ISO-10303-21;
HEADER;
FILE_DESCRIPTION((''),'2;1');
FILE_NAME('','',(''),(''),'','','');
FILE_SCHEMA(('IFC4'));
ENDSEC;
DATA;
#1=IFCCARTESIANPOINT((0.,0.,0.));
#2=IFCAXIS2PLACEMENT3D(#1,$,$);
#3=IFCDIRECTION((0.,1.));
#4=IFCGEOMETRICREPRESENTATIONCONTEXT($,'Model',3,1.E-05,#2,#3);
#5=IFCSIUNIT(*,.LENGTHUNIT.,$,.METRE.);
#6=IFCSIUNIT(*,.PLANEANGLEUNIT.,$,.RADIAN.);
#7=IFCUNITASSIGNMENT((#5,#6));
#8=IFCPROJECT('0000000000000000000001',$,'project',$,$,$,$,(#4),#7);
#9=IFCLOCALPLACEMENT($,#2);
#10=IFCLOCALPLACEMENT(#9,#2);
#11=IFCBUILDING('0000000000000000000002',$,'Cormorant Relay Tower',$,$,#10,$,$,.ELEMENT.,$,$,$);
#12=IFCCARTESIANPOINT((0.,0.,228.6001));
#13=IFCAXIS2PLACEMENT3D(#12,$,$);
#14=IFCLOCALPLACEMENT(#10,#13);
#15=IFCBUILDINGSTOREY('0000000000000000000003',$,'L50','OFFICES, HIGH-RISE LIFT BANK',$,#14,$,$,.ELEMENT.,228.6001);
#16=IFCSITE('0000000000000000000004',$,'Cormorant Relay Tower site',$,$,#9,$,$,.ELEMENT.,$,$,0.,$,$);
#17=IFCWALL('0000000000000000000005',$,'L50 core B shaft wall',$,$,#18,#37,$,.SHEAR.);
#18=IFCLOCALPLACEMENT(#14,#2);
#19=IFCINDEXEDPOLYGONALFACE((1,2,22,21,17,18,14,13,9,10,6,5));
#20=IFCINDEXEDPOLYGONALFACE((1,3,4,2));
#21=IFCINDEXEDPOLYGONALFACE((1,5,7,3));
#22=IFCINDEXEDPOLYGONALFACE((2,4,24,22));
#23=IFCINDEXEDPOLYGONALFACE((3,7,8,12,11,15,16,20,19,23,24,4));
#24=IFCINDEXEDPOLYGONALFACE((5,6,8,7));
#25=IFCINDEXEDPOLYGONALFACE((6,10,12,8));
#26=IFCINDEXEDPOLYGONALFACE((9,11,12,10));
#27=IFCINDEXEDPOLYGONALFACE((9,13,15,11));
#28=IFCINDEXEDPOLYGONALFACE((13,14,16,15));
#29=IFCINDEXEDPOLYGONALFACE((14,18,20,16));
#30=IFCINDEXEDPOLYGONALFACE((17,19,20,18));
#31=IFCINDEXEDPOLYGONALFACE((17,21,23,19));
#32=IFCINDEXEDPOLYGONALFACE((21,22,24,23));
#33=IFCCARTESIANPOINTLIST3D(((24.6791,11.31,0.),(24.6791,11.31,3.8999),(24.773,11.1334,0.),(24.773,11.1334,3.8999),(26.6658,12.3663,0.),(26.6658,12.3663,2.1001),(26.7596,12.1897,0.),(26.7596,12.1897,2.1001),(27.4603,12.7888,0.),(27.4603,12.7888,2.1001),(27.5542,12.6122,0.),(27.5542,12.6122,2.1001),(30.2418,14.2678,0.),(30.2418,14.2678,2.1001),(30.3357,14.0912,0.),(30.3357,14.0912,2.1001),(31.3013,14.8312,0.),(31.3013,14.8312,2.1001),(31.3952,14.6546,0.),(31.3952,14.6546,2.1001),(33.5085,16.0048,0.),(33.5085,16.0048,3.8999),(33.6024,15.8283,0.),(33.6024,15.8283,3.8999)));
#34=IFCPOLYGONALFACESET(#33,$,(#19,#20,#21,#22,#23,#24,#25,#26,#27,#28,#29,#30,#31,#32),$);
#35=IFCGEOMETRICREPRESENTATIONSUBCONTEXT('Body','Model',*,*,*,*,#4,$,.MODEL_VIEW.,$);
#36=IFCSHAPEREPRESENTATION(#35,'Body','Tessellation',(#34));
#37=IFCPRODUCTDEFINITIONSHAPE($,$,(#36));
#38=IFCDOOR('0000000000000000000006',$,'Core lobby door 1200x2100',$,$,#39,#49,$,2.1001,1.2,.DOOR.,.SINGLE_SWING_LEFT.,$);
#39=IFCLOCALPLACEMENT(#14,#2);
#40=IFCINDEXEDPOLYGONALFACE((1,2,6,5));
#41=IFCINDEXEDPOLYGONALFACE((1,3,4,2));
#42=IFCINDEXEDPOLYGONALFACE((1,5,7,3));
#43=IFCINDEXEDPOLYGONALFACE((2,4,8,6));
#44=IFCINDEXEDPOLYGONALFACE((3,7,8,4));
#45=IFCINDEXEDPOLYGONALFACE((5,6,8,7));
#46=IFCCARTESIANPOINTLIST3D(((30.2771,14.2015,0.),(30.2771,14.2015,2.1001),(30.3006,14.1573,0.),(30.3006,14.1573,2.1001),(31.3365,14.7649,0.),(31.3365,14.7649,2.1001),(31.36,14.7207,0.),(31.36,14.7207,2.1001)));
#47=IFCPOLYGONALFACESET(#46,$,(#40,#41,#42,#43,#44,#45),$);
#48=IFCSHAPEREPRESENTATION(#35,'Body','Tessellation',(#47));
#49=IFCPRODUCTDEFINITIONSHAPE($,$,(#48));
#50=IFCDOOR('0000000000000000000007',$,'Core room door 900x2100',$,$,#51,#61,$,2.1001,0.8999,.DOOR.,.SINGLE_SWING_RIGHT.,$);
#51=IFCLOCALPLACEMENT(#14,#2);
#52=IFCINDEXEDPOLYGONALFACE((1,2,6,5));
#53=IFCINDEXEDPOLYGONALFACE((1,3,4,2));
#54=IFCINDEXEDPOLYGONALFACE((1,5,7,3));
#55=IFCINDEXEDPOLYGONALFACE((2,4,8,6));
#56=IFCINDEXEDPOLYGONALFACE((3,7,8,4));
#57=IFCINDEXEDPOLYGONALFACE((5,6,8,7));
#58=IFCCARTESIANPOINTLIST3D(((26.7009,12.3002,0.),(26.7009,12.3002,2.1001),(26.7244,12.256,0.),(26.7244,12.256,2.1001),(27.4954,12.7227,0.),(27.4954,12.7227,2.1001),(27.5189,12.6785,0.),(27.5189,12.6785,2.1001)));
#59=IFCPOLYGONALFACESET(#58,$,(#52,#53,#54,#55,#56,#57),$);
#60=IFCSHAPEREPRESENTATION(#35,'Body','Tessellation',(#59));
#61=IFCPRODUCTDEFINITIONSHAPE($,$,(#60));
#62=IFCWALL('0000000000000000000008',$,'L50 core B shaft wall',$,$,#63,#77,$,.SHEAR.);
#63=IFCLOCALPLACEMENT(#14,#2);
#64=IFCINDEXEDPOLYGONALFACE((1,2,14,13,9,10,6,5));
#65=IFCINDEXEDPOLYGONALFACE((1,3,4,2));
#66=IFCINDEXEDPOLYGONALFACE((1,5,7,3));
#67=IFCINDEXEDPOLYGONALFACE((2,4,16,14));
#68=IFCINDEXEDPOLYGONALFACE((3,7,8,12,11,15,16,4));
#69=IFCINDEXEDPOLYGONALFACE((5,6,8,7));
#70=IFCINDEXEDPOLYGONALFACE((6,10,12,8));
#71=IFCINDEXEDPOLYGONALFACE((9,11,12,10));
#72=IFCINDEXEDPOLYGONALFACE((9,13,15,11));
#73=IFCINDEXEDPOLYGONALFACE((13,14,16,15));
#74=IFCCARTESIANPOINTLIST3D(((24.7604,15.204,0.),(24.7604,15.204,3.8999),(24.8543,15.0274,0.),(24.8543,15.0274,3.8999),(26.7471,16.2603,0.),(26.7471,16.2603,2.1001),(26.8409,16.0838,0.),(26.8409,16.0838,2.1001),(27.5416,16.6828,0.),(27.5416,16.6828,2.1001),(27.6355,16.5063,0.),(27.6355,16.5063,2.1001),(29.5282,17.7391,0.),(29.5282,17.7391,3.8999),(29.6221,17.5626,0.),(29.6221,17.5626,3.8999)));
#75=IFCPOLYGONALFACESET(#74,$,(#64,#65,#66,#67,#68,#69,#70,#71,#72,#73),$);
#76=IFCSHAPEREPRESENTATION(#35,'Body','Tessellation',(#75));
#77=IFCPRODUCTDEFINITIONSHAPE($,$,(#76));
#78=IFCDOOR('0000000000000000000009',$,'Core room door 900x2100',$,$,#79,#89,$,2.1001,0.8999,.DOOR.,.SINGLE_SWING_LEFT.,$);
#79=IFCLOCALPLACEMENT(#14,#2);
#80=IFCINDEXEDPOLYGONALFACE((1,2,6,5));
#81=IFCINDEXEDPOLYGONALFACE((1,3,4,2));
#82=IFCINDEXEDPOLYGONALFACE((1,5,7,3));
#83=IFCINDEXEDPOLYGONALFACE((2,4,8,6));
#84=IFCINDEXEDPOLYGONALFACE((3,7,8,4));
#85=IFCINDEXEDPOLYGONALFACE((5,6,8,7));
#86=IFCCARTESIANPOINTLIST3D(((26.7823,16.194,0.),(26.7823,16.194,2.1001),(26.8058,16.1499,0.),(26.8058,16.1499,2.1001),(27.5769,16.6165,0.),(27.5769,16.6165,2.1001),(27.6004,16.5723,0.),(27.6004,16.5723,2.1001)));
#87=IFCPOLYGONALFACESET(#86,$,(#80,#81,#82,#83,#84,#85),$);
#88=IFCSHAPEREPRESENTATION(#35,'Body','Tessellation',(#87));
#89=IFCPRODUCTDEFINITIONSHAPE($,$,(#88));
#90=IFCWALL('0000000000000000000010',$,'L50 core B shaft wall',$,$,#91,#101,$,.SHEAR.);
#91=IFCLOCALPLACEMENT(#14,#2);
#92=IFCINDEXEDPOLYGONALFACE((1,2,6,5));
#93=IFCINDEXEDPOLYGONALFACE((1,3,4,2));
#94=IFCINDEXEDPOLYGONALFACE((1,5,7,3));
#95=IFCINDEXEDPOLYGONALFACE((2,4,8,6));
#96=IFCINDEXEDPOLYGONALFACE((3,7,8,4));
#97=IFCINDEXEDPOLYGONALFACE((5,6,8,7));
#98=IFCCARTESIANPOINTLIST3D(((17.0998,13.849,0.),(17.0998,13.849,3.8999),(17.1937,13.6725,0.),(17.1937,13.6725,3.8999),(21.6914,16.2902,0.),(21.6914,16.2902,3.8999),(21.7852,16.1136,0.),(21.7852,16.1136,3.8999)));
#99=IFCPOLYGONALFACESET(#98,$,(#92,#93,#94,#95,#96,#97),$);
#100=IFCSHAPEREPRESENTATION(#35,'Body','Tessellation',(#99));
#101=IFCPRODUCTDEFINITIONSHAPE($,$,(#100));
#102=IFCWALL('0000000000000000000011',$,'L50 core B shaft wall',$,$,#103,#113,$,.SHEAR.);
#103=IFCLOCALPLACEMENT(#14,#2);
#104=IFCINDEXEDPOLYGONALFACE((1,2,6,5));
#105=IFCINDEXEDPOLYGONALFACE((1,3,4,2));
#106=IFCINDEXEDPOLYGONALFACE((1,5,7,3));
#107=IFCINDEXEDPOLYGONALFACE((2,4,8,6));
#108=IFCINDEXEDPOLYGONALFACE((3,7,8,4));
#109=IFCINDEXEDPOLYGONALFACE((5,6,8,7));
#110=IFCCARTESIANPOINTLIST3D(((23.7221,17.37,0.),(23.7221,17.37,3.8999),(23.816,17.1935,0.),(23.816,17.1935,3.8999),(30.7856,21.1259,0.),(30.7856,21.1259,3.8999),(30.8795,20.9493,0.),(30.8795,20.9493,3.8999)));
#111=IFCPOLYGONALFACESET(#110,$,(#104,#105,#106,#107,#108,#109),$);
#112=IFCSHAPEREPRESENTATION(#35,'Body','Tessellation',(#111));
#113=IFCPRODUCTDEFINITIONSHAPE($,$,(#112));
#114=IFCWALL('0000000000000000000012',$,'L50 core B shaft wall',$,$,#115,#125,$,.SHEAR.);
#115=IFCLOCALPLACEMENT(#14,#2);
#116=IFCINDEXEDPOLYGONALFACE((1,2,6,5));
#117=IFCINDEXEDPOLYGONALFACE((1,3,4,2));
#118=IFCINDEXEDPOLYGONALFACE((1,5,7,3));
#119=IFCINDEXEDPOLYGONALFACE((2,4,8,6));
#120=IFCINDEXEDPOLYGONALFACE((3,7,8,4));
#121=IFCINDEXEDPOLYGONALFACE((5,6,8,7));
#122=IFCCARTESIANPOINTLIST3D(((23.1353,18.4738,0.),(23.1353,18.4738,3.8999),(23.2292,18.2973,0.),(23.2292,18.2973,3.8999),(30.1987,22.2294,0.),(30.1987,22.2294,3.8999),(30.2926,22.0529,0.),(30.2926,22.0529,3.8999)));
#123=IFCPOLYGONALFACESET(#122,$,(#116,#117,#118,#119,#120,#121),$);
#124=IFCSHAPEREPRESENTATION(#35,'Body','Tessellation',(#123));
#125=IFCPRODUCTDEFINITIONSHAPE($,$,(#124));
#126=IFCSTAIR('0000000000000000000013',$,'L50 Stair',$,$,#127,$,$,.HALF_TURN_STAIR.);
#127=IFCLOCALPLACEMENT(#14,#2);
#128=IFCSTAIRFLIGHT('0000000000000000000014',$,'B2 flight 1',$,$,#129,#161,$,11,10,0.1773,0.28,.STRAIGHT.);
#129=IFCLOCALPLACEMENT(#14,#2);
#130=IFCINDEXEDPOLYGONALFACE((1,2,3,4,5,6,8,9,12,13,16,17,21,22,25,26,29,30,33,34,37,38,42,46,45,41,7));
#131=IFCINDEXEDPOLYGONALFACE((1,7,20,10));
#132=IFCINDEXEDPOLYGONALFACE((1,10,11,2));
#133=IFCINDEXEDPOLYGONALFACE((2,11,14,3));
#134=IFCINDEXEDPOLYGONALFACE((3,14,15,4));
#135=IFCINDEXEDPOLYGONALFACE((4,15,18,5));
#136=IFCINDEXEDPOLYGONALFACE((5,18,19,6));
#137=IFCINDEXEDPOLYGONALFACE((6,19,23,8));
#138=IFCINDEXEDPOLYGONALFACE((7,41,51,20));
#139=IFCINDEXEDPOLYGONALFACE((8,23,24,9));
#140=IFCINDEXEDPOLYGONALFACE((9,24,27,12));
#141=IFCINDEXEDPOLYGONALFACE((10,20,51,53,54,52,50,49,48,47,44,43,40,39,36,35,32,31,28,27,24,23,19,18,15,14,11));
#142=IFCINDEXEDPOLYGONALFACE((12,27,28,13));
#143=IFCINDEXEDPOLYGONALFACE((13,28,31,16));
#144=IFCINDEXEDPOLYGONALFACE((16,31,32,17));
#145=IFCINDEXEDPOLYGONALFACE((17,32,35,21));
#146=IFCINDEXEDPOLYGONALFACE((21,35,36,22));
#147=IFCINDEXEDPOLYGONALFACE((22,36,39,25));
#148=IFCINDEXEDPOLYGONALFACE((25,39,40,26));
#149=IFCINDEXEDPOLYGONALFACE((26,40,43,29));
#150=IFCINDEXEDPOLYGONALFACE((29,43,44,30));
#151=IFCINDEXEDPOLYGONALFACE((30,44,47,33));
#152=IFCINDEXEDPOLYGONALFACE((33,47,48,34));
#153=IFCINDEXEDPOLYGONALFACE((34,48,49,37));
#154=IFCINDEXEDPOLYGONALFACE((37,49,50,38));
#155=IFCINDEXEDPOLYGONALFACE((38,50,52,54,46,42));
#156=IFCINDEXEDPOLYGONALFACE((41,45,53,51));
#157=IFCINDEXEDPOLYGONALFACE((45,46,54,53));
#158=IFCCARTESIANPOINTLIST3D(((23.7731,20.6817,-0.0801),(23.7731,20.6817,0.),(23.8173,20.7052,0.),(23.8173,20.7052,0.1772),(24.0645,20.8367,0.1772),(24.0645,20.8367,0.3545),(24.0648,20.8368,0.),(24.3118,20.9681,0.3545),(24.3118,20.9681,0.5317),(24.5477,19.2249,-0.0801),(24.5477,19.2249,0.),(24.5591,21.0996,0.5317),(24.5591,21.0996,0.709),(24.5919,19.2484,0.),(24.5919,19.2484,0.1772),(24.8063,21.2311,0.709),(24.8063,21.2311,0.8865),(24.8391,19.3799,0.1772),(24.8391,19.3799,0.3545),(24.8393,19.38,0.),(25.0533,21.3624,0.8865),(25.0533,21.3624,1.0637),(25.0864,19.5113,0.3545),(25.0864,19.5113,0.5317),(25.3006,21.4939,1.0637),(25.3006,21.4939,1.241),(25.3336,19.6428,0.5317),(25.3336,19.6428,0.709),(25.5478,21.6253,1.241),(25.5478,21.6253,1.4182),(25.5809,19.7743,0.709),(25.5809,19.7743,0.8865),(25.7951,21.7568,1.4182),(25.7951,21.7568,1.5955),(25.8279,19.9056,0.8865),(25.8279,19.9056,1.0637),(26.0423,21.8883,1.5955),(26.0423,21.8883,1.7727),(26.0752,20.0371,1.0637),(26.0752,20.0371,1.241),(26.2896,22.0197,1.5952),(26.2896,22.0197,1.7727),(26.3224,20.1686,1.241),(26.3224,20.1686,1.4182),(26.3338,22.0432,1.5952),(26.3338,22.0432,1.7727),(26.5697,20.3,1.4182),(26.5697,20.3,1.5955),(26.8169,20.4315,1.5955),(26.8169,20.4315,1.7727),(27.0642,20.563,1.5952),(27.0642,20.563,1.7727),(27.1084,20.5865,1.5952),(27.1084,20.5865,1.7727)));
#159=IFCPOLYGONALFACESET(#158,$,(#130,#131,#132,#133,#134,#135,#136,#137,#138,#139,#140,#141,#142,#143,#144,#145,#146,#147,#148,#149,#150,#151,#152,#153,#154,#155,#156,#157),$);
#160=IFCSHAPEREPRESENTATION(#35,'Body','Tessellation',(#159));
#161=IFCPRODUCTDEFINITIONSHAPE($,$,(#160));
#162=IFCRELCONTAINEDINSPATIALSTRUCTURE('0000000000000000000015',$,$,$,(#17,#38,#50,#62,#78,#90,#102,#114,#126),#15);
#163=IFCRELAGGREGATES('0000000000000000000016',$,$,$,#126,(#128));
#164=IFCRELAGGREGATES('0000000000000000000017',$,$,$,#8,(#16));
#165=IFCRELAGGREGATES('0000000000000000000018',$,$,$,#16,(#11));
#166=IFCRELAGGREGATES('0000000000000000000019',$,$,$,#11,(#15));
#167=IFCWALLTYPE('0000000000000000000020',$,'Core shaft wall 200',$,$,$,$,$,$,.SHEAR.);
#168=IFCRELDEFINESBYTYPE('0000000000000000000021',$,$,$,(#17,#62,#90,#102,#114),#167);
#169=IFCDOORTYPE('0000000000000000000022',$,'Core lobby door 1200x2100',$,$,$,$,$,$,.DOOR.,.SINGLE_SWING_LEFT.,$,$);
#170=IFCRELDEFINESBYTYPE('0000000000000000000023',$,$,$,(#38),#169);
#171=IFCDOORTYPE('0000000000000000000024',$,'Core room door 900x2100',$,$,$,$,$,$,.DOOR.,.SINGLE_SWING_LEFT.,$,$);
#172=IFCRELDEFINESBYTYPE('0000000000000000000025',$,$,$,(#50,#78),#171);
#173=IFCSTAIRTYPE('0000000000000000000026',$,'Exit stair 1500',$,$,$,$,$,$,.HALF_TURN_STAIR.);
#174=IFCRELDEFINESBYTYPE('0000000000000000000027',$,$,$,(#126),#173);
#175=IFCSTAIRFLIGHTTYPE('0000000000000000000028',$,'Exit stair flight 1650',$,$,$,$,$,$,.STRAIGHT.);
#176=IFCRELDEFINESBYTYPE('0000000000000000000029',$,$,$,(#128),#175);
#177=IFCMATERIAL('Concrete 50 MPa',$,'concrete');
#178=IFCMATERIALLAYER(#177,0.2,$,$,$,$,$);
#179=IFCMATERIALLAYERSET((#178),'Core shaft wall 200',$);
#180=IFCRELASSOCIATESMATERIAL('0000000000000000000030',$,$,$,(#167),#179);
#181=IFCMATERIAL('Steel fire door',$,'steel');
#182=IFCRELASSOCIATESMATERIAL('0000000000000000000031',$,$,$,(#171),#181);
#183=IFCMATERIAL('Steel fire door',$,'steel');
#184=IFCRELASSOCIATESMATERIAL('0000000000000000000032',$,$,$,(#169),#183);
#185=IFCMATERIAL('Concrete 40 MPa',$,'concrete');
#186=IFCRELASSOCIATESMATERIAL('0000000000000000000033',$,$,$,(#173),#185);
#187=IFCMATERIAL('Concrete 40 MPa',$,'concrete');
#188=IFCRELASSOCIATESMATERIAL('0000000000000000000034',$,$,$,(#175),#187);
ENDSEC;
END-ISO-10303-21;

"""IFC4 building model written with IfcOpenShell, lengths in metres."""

from ifc_helpers import new_model, si_unit, direction, frame, frame_2d, origin, place, context, subcontext, project, spatial, polyline, rectangle, outline, extrude, material, layer, layer_set, type_object, element, fill, aggregate, save


model = new_model("IFC4")

# Units and contexts
model_context = context("Model", 3, precision=1e-05, world=origin(), true_north=direction((0.0, 1.0)))
body_context = subcontext(model_context, "Body", "Model", "MODEL_VIEW")
ifc_project = project(units=[si_unit("LENGTHUNIT", "METRE"), si_unit("PLANEANGLEUNIT", "RADIAN")], contexts=[model_context])

# Site, building, storey
site_placement = place(None, origin())
site = spatial("IfcSite", under=ifc_project, at=site_placement, Name="Cormorant Relay Tower site", CompositionType="ELEMENT", RefElevation=0.0)
building_placement = place(site_placement, origin())
building = spatial("IfcBuilding", under=site, at=building_placement, Name="Cormorant Relay Tower", CompositionType="ELEMENT")
storey_placement = place(building_placement, frame((0.0, 0.0, 228.6001)))
storey = spatial("IfcBuildingStorey", under=building, at=storey_placement, Name="L50", Description="OFFICES, HIGH-RISE LIFT BANK", CompositionType="ELEMENT", Elevation=228.6001)

# Shared definitions
ifc_material_1 = material(Name="Concrete 50 MPa", Category="concrete")
ifc_layer = layer(ifc_material_1, 0.2)
ifc_layer_set = layer_set([ifc_layer], Name="Core shaft wall 200")
wall_type = type_object("IfcWallType", Name="Core shaft wall 200", PredefinedType="SHEAR", material=ifc_layer_set)

# Shared definitions
ifc_material_2 = material(Name="Steel fire door", Category="steel")
door_type_1 = type_object("IfcDoorType", Name="Core room door 900x2100", OperationType="SINGLE_SWING_LEFT", PredefinedType="DOOR", material=ifc_material_2)

# Wall, openings, doors
wall_1_placement = place(storey_placement, frame((24.7261, 11.2217, 0.0), z_axis=(0.0, 0.0, 1.0), x_axis=(0.88294, 0.469485, 0.0)))
wall_1 = element("IfcWall", 1, at=wall_1_placement, inside=storey, type_object=wall_type, Name="L50 core B shaft wall", PredefinedType="SHEAR", context=body_context, shape_type="SweptSolid", body=[
    extrude(rectangle(XDim=10.0, YDim=0.2, at=frame_2d((5.0, 0.0))), origin(), (0.0, 0.0, 1.0), 3.8999),
])
opening_1_placement = place(wall_1_placement, frame((6.3, 0.0, 0.0)))
opening_1 = element("IfcOpeningElement", 2, at=opening_1_placement, cuts=wall_1, PredefinedType="OPENING", context=body_context, shape_type="SweptSolid", body=[
    extrude(rectangle(XDim=1.2, YDim=2.1001, at=frame_2d((0.6001, 1.05))), frame((0.0, 0.1099, 0.0), z_axis=(0.0, -1.0, 0.0), x_axis=(1.0, 0.0, 0.0)), (0.0, 0.0, 1.0), 0.22),
])
opening_2_placement = place(wall_1_placement, frame((2.25, 0.0, 0.0)))
opening_2 = element("IfcOpeningElement", 3, at=opening_2_placement, cuts=wall_1, PredefinedType="OPENING", context=body_context, shape_type="SweptSolid", body=[
    extrude(rectangle(XDim=0.8999, YDim=2.1001, at=frame_2d((0.45, 1.05))), frame((0.0, 0.1099, 0.0), z_axis=(0.0, -1.0, 0.0), x_axis=(1.0, 0.0, 0.0)), (0.0, 0.0, 1.0), 0.22),
])
ifc_material_3 = material(Name="Steel fire door", Category="steel")
door_type_2 = type_object("IfcDoorType", Name="Core lobby door 1200x2100", OperationType="SINGLE_SWING_LEFT", PredefinedType="DOOR", material=ifc_material_3)
door_1_placement = place(opening_1_placement, origin())
door_1 = element("IfcDoor", 4, at=door_1_placement, inside=storey, type_object=door_type_2, Name="Core lobby door 1200x2100", OperationType="SINGLE_SWING_LEFT", OverallHeight=2.1001, OverallWidth=1.2, PredefinedType="DOOR", context=body_context, shape_type="SweptSolid", body=[
    extrude(rectangle(XDim=1.2, YDim=2.1001, at=frame_2d((0.6001, 1.05))), frame((0.0, 0.0249, 0.0), z_axis=(0.0, -1.0, 0.0), x_axis=(1.0, 0.0, 0.0)), (0.0, 0.0, 1.0), 0.05),
])
fill(opening_1, door_1)
door_2_placement = place(opening_2_placement, frame((0.8999, 0.0, 0.0), z_axis=(0.0, 0.0, 1.0), x_axis=(-1.0, 0.0, 0.0)))
door_2 = element("IfcDoor", 5, at=door_2_placement, inside=storey, type_object=door_type_1, Name="Core room door 900x2100", OperationType="SINGLE_SWING_RIGHT", OverallHeight=2.1001, OverallWidth=0.8999, PredefinedType="DOOR", context=body_context, shape_type="SweptSolid", body=[
    extrude(rectangle(XDim=0.8999, YDim=2.1001, at=frame_2d((0.45, 1.05))), frame((0.0, 0.0249, 0.0), z_axis=(0.0, -1.0, 0.0), x_axis=(1.0, 0.0, 0.0)), (0.0, 0.0, 1.0), 0.05),
])
fill(opening_2, door_2)

# Wall, opening, door
wall_2_placement = place(storey_placement, frame((24.8074, 15.1157, 0.0), z_axis=(0.0, 0.0, 1.0), x_axis=(0.882943, 0.46948, 0.0)))
wall_2 = element("IfcWall", 6, at=wall_2_placement, inside=storey, type_object=wall_type, Name="L50 core B shaft wall", PredefinedType="SHEAR", context=body_context, shape_type="SweptSolid", body=[
    extrude(rectangle(XDim=5.3999, YDim=0.2, at=frame_2d((2.7, 0.0))), origin(), (0.0, 0.0, 1.0), 3.8999),
])
opening_3_placement = place(wall_2_placement, frame((2.25, 0.0, 0.0)))
opening_3 = element("IfcOpeningElement", 7, at=opening_3_placement, cuts=wall_2, PredefinedType="OPENING", context=body_context, shape_type="SweptSolid", body=[
    extrude(rectangle(XDim=0.8999, YDim=2.1001, at=frame_2d((0.45, 1.05))), frame((0.0, 0.1099, 0.0), z_axis=(0.0, -1.0, 0.0), x_axis=(1.0, 0.0, 0.0)), (0.0, 0.0, 1.0), 0.22),
])
door_3_placement = place(opening_3_placement, origin())
door_3 = element("IfcDoor", 8, at=door_3_placement, inside=storey, type_object=door_type_1, Name="Core room door 900x2100", OperationType="SINGLE_SWING_LEFT", OverallHeight=2.1001, OverallWidth=0.8999, PredefinedType="DOOR", context=body_context, shape_type="SweptSolid", body=[
    extrude(rectangle(XDim=0.8999, YDim=2.1001, at=frame_2d((0.45, 1.05))), frame((0.0, 0.0249, 0.0), z_axis=(0.0, -1.0, 0.0), x_axis=(1.0, 0.0, 0.0)), (0.0, 0.0, 1.0), 0.05),
])
fill(opening_3, door_3)

# Walls
wall_3_placement = place(storey_placement, frame((17.1467, 13.7607, 0.0), z_axis=(0.0, 0.0, 1.0), x_axis=(0.882964, 0.46944, 0.0)))
element("IfcWall", 9, at=wall_3_placement, inside=storey, type_object=wall_type, Name="L50 core B shaft wall", PredefinedType="SHEAR", context=body_context, shape_type="SweptSolid", body=[
    extrude(rectangle(XDim=5.2002, YDim=0.2, at=frame_2d((2.6001, 0.0))), origin(), (0.0, 0.0, 1.0), 3.8999),
])
wall_4_placement = place(storey_placement, frame((23.769, 17.2817, 0.0), z_axis=(0.0, 0.0, 1.0), x_axis=(0.88294, 0.469485, 0.0)))
element("IfcWall", 10, at=wall_4_placement, inside=storey, type_object=wall_type, Name="L50 core B shaft wall", PredefinedType="SHEAR", context=body_context, shape_type="SweptSolid", body=[
    extrude(rectangle(XDim=8.0, YDim=0.2, at=frame_2d((4.0, 0.0))), origin(), (0.0, 0.0, 1.0), 3.8999),
])
wall_5_placement = place(storey_placement, frame((23.1821, 18.3855, 0.0), z_axis=(0.0, 0.0, 1.0), x_axis=(0.882953, 0.469462, 0.0)))
element("IfcWall", 11, at=wall_5_placement, inside=storey, type_object=wall_type, Name="L50 core B shaft wall", PredefinedType="SHEAR", context=body_context, shape_type="SweptSolid", body=[
    extrude(rectangle(XDim=7.9998, YDim=0.2, at=frame_2d((4.0, 0.0))), origin(), (0.0, 0.0, 1.0), 3.8999),
])

# Stair, stair flight
ifc_material_4 = material(Name="Concrete 40 MPa", Category="concrete")
stair_type = type_object("IfcStairType", Name="Exit stair 1500", PredefinedType="HALF_TURN_STAIR", material=ifc_material_4)
stair_placement = place(storey_placement, origin())
stair = element("IfcStair", 12, at=stair_placement, inside=storey, type_object=stair_type, Name="L50 Stair", PredefinedType="HALF_TURN_STAIR")
ifc_material_5 = material(Name="Concrete 40 MPa", Category="concrete")
stair_flight_type = type_object("IfcStairFlightType", Name="Exit stair flight 1650", PredefinedType="STRAIGHT", material=ifc_material_5)
stair_flight_placement = place(storey_placement, frame((24.2046, 19.9768, 0.0), z_axis=(0.0, 0.0, 1.0), x_axis=(0.882948, 0.469472, 0.0)))
stair_flight = element("IfcStairFlight", 13, at=stair_flight_placement, type_object=stair_flight_type, Name="B2 flight 1", NumberOfRisers=11, NumberOfTreads=10, PredefinedType="STRAIGHT", RiserHeight=0.1773, TreadLength=0.28, context=body_context, shape_type="SweptSolid", body=[
    extrude(outline(polyline([(-0.05, -0.0801), (-0.05, 0.0), (0.0, 0.0), (0.0, 0.1772), (0.28, 0.1772), (0.28, 0.3545), (0.5601, 0.3545), (0.5601, 0.5317), (0.8401, 0.5317), (0.8401, 0.709), (1.1201, 0.709), (1.1201, 0.8865), (1.3999, 0.8865), (1.3999, 1.0637), (1.6799, 1.0637), (1.6799, 1.241), (1.96, 1.241), (1.96, 1.4182), (2.24, 1.4182), (2.24, 1.5955), (2.52, 1.5955), (2.52, 1.7727), (2.8, 1.7727), (2.8501, 1.7727), (2.8501, 1.5952), (2.8, 1.5952), (0.2803, 0.0), (-0.05, -0.0801)])), frame((0.0, 0.825, 0.0), z_axis=(0.0, -1.0, 0.0), x_axis=(1.0, 0.0, 0.0)), (0.0, 0.0, 1.0), 1.6499),
])
aggregate(stair, [stair_flight])

save(model, "model.ifc")
